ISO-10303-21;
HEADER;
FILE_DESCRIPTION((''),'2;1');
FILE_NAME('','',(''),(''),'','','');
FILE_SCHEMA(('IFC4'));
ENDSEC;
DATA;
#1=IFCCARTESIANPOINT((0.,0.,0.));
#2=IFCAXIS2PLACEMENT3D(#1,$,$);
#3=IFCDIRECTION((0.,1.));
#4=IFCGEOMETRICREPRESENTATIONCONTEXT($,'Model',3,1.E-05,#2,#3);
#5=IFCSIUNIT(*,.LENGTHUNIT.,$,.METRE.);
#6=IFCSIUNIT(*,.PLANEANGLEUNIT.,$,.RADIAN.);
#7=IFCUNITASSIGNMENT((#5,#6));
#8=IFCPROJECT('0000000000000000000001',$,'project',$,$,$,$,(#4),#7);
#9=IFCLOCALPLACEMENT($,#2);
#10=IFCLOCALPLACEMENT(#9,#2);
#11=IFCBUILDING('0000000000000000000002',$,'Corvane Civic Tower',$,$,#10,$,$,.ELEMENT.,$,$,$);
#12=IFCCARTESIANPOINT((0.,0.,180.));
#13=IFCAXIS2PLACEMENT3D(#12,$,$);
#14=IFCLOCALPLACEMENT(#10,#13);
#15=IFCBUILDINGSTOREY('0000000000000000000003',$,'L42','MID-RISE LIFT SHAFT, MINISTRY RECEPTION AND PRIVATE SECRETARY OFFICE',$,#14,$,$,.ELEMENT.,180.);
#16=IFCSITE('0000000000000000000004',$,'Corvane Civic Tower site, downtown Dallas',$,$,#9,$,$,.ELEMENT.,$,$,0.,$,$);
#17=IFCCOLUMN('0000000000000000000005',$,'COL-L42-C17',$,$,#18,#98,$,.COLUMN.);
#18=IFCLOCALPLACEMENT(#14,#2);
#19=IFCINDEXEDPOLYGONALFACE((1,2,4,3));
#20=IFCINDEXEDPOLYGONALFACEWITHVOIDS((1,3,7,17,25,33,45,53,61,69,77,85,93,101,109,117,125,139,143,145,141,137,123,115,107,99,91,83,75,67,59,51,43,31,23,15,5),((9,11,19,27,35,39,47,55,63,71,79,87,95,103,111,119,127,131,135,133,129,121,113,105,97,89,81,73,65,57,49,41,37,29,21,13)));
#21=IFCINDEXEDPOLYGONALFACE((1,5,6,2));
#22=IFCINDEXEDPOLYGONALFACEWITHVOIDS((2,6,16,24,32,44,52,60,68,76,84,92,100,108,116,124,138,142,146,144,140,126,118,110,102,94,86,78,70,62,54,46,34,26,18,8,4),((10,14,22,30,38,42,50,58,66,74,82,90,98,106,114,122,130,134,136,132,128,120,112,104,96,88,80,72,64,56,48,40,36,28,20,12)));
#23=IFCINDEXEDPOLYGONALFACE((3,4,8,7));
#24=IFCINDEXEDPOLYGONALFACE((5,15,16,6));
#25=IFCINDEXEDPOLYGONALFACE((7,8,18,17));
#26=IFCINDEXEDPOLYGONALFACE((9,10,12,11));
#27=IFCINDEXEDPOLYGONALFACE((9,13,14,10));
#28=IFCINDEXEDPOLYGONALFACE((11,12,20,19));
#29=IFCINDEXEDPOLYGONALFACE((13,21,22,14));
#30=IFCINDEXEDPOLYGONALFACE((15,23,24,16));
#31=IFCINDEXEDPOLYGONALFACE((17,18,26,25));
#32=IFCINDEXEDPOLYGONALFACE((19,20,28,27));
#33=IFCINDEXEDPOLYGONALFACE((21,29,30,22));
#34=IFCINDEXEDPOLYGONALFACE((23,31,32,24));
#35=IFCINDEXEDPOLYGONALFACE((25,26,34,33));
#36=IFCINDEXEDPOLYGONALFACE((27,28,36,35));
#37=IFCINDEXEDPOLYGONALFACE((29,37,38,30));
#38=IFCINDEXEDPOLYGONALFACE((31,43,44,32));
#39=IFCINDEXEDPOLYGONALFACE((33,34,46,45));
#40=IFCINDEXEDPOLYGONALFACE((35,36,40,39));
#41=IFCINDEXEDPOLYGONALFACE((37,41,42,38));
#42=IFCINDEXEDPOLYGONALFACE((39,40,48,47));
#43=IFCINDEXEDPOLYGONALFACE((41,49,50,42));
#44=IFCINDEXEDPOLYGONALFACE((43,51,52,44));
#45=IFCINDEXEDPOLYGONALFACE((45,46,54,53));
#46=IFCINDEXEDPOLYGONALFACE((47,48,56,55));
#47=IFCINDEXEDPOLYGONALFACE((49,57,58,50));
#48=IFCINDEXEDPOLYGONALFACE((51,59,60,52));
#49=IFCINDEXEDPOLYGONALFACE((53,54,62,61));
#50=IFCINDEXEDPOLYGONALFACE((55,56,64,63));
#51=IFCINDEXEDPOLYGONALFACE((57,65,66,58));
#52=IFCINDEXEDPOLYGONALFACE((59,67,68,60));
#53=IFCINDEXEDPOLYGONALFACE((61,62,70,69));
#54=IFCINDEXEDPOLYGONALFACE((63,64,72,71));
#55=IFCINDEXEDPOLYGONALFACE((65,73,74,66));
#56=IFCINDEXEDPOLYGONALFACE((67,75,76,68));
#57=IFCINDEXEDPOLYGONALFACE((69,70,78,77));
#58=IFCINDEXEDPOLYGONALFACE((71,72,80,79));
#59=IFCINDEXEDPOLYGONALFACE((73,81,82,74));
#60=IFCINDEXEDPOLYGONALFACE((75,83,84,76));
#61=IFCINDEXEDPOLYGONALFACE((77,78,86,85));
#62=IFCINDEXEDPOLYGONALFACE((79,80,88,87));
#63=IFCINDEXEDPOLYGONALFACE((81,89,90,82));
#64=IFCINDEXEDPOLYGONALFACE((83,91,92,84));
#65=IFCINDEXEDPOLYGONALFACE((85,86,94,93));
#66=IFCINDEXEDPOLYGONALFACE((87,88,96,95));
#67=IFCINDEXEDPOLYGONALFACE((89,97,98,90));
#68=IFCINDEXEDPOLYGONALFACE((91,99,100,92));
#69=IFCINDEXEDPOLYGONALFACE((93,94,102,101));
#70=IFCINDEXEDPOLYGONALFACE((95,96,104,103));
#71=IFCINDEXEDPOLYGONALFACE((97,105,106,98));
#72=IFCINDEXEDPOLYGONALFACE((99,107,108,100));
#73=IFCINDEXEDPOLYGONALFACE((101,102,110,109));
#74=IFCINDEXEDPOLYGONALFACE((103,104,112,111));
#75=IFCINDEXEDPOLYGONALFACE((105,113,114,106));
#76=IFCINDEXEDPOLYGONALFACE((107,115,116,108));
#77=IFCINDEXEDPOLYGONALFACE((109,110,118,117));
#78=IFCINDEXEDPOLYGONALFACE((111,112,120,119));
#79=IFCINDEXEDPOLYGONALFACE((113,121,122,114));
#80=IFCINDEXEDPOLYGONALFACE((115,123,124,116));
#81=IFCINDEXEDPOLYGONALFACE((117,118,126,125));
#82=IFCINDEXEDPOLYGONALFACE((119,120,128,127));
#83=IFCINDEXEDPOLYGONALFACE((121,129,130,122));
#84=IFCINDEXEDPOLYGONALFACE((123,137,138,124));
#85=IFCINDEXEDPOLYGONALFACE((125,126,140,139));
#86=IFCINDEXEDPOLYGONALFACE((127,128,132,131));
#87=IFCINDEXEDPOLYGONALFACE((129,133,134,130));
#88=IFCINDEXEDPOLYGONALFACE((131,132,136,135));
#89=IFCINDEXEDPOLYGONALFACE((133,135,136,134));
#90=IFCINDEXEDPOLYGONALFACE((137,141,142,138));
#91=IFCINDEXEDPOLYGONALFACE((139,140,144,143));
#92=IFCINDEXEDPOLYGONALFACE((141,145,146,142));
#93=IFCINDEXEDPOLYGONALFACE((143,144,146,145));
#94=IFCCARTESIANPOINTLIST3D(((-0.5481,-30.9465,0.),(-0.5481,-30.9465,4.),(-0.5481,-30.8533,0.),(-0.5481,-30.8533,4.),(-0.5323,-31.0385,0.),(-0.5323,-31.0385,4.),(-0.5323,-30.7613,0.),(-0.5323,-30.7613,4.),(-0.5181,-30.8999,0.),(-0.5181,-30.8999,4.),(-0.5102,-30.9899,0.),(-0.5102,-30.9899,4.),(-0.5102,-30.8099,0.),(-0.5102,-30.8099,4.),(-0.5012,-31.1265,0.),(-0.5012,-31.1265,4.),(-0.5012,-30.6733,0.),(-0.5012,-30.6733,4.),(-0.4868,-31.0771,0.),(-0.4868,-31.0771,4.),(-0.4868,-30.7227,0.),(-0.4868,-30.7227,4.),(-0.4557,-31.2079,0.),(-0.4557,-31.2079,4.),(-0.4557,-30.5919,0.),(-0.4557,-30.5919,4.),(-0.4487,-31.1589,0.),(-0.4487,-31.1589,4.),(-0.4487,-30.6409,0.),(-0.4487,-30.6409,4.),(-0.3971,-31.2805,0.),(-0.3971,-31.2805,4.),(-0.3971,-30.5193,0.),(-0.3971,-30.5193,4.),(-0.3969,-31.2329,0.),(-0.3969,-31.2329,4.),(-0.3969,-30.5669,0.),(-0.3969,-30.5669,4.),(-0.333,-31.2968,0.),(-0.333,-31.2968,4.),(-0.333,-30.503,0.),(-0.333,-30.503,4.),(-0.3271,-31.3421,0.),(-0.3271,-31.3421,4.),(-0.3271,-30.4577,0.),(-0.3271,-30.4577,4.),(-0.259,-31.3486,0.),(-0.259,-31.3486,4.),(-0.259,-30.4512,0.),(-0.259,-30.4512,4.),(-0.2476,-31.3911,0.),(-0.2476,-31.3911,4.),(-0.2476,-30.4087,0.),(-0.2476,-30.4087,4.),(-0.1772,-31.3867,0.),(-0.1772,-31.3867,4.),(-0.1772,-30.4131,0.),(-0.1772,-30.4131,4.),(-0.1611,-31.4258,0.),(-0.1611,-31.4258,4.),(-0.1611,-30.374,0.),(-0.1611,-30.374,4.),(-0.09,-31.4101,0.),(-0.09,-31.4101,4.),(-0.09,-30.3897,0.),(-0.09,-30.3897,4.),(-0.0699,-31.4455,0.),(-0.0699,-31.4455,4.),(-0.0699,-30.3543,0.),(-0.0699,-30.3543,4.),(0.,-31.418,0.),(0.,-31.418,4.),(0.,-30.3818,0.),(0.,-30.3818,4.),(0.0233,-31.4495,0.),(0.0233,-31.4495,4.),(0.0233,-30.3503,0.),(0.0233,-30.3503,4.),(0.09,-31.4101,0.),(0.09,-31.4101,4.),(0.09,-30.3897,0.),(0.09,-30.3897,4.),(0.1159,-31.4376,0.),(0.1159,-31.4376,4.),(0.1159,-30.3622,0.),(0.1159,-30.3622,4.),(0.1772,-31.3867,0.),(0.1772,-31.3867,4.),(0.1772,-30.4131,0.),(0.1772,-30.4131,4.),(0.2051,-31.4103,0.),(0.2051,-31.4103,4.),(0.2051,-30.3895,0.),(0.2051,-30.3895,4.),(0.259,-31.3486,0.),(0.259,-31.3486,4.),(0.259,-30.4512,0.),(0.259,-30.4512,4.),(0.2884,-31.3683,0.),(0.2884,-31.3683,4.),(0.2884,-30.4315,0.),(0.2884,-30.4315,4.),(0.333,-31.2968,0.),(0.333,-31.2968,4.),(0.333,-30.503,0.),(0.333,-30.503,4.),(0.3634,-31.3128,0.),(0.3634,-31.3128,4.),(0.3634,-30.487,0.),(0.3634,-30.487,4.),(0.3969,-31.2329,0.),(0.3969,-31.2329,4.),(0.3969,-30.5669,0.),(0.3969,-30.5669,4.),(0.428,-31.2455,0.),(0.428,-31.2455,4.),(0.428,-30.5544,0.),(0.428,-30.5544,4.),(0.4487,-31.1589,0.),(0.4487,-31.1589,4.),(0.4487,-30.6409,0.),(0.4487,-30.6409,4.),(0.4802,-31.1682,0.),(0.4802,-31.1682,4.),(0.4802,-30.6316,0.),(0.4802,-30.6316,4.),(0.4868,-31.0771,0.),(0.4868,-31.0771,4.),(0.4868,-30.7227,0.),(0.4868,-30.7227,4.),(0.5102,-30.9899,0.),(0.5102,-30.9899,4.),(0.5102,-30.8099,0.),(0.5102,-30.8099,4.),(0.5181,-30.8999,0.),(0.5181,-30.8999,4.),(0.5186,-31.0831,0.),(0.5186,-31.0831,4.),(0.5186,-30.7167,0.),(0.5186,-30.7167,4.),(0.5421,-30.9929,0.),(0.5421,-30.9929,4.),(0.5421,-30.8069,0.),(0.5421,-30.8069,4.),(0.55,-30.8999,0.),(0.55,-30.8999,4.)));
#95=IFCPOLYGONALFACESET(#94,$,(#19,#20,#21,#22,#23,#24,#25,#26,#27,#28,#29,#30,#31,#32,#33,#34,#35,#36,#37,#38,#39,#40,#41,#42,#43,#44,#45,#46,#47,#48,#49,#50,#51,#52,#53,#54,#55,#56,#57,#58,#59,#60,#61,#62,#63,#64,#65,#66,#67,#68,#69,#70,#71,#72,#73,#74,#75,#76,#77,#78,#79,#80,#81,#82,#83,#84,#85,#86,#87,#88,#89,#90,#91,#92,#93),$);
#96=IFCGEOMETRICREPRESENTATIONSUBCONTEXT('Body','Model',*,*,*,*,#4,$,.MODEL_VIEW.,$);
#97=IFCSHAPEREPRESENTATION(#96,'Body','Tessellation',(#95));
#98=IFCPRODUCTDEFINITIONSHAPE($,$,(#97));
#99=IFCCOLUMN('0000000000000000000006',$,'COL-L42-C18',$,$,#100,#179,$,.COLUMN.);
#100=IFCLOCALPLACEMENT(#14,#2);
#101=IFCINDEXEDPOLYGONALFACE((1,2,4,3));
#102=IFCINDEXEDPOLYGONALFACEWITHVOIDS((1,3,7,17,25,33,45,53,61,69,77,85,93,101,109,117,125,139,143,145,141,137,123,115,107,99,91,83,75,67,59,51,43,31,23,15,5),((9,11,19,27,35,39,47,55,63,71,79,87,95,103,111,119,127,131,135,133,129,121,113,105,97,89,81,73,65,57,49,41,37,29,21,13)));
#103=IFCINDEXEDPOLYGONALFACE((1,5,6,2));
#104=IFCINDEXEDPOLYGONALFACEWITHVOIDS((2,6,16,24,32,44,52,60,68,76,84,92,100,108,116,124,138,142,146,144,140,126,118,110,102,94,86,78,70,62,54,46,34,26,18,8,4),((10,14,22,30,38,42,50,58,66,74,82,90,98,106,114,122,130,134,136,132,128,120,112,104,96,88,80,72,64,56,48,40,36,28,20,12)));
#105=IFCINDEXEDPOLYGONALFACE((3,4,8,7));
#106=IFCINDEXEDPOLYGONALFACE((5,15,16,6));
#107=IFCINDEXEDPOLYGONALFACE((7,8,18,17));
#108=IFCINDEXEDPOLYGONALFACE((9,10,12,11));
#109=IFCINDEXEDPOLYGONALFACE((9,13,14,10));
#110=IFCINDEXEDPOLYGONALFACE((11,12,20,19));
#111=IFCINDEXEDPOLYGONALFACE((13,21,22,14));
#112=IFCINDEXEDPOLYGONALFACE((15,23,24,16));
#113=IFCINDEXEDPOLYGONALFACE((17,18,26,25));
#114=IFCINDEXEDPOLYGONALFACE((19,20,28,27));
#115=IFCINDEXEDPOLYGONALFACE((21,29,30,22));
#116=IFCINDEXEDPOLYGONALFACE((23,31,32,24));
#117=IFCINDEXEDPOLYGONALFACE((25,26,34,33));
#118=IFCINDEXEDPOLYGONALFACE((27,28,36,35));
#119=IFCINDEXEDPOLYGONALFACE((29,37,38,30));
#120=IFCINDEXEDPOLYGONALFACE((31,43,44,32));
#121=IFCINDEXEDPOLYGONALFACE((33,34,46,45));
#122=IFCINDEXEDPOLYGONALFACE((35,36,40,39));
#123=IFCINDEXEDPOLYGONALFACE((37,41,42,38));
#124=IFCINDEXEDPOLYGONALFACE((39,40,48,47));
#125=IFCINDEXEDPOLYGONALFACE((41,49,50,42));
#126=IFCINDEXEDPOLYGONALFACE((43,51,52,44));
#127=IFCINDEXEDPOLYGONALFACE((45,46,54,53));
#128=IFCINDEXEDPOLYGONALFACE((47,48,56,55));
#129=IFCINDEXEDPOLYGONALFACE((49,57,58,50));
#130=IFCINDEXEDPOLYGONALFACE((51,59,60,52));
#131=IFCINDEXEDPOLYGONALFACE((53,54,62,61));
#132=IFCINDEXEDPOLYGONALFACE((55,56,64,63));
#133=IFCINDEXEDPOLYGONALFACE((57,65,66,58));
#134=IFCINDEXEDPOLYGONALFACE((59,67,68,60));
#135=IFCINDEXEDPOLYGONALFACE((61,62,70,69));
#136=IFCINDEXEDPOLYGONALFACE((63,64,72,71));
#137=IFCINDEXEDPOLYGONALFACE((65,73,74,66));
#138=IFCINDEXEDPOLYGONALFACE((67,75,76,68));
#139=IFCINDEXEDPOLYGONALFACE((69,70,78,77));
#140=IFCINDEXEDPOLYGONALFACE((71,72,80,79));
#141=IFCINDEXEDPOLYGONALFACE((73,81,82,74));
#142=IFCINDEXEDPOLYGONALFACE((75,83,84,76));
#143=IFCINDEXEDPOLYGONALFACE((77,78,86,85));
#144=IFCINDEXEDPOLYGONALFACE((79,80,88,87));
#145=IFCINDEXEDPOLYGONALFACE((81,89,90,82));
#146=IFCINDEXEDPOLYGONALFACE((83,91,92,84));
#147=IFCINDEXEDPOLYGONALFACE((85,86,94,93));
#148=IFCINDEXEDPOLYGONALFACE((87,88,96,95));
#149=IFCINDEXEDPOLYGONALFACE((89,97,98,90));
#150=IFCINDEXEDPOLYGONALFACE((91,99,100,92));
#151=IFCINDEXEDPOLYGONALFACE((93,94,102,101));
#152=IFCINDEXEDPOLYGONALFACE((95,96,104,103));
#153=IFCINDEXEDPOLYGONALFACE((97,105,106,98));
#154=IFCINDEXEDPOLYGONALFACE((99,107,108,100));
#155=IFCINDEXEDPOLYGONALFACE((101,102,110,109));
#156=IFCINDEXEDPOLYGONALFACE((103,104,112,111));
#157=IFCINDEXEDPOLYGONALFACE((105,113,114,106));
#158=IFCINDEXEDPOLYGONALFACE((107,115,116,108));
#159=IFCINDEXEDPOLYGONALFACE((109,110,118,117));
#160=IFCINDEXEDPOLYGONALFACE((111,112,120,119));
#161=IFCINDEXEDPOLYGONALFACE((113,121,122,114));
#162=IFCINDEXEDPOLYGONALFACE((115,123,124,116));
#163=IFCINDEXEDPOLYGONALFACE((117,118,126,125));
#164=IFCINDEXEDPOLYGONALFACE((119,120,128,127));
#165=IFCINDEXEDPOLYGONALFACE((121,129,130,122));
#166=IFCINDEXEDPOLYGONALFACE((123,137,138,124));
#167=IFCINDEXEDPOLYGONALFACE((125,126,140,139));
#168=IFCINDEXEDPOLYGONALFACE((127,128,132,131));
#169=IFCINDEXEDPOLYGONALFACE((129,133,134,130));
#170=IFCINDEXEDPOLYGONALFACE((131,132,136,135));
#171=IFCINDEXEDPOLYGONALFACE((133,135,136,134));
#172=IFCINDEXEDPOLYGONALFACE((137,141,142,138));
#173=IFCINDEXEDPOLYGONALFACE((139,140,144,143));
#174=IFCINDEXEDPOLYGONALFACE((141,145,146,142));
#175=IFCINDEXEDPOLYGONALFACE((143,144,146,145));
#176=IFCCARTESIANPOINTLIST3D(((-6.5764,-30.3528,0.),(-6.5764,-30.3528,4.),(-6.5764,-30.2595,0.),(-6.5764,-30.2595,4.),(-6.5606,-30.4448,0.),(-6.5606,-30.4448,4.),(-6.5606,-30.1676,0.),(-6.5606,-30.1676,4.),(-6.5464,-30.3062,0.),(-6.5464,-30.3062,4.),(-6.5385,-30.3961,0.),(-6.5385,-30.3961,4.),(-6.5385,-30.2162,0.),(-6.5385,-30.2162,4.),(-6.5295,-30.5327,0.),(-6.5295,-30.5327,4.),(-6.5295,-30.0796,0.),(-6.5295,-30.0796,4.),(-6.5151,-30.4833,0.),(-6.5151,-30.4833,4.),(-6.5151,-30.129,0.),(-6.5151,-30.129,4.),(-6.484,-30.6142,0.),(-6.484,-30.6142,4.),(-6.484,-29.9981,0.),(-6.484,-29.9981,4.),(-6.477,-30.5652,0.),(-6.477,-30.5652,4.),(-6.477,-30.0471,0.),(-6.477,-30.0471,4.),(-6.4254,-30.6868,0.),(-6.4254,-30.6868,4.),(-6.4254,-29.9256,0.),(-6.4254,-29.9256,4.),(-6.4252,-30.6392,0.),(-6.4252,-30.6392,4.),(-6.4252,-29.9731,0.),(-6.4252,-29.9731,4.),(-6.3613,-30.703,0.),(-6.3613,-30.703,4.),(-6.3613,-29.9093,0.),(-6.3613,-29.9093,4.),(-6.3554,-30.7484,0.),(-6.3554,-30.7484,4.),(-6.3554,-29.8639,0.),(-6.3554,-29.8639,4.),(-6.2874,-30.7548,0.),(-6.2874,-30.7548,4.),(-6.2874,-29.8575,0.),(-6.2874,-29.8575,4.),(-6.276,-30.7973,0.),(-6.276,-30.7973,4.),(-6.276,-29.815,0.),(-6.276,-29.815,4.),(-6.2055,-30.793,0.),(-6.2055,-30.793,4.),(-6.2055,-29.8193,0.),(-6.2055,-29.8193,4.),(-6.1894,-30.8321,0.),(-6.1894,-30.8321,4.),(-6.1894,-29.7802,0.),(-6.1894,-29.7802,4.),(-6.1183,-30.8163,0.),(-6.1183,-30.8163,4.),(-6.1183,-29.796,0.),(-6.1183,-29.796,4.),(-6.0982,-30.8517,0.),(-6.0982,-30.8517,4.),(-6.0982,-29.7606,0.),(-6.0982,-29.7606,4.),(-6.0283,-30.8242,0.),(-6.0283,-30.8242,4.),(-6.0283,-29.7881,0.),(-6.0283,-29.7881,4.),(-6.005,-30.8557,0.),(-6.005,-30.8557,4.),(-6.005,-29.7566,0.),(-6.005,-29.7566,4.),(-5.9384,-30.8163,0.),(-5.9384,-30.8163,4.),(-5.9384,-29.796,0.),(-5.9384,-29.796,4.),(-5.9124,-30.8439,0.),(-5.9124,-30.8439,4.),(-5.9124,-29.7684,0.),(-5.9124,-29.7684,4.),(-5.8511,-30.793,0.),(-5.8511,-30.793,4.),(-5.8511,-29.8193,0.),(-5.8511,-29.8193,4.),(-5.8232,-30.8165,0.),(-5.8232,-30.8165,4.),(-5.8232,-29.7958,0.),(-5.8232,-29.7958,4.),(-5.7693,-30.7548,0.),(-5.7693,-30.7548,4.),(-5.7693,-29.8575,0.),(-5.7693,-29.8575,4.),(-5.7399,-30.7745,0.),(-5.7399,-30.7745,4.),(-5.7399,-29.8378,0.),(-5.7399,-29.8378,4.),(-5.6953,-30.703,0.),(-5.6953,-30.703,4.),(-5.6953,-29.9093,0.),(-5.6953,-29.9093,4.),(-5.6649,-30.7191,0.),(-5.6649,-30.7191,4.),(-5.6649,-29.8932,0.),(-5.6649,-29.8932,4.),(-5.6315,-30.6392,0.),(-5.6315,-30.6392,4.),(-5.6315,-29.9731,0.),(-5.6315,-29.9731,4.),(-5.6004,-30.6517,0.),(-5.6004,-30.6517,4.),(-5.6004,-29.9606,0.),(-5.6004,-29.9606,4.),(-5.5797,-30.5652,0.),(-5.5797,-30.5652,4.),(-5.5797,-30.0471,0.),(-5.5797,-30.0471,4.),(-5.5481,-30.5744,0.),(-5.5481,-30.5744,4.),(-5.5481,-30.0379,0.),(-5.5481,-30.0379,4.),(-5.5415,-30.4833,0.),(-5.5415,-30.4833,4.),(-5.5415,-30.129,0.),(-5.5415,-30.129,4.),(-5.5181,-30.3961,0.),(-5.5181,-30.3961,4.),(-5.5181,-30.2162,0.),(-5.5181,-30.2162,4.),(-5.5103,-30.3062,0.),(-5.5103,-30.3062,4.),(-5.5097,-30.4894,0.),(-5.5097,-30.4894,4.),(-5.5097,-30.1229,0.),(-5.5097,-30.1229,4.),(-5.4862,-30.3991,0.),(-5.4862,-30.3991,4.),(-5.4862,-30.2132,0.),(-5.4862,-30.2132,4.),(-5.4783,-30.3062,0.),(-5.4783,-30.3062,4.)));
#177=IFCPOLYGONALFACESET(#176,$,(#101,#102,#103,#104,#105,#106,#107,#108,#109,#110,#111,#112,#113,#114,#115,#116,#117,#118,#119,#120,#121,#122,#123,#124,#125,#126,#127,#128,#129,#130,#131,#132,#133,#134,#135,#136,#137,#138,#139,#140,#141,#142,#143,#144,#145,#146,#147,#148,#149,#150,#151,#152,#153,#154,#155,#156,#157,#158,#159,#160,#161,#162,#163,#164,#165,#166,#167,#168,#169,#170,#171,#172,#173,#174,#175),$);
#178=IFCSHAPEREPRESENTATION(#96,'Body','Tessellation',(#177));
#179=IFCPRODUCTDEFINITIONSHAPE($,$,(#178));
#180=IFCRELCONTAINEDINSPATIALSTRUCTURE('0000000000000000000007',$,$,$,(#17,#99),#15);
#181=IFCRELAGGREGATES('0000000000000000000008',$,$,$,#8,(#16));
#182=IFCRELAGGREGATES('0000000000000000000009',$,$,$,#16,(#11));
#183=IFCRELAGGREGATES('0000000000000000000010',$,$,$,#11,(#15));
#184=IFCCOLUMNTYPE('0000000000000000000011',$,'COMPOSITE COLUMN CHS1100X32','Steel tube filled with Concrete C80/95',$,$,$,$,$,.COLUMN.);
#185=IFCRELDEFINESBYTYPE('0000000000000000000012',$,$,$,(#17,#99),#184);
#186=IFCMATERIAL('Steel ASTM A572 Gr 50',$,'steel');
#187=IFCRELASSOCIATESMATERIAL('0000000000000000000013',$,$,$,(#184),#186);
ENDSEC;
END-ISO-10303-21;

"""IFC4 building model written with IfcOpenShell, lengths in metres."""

from ifc_helpers import new_model, si_unit, direction, frame, origin, origin_2d, place, context, subcontext, project, spatial, hollow_circle, extrude, material, material_profile, profile_set, type_object, element, save


model = new_model("IFC4")

# Units and contexts
model_context = context("Model", 3, precision=1e-05, world=origin(), true_north=direction((0.0, 1.0)))
body_context = subcontext(model_context, "Body", "Model", "MODEL_VIEW")
ifc_project = project(units=[si_unit("LENGTHUNIT", "METRE"), si_unit("PLANEANGLEUNIT", "RADIAN")], contexts=[model_context])

# Site, building, storey
site_placement = place(None, origin())
site = spatial("IfcSite", under=ifc_project, at=site_placement, Name="Corvane Civic Tower site, downtown Dallas", CompositionType="ELEMENT", RefElevation=0.0)
building_placement = place(site_placement, origin())
building = spatial("IfcBuilding", under=site, at=building_placement, Name="Corvane Civic Tower", CompositionType="ELEMENT")
storey_placement = place(building_placement, frame((0.0, 0.0, 180.0)))
storey = spatial("IfcBuildingStorey", under=building, at=storey_placement, Name="L42", Description="MID-RISE LIFT SHAFT, MINISTRY RECEPTION AND PRIVATE SECRETARY OFFICE", CompositionType="ELEMENT", Elevation=180.0)

# Columns
ifc_material_1 = material(Name="Steel ASTM A572 Gr 50", Category="steel")
ifc_material_profile_1 = material_profile(ifc_material_1, hollow_circle(Radius=0.55, WallThickness=0.032, at=origin_2d()), Name="CHS1100X32")
ifc_profile_set_1 = profile_set([ifc_material_profile_1], Name="Steel ASTM A572 Gr 50")
column_type = type_object("IfcColumnType", Name="COMPOSITE COLUMN CHS1100X32", Description="Steel tube filled with Concrete C80/95", PredefinedType="COLUMN", material=ifc_profile_set_1)
for number, where, z_axis, x_axis, name in (
    (1, (0.0, -30.8999, 0.0), (0.0, 0.0, 1.0), (1.0, 0.0, 0.0), "COL-L42-C17"),
    (2, (-6.0283, -30.3062, 0.0), (0.0, 0.0, 1.0), (1.0, 0.0, 0.0), "COL-L42-C18"),
):
    element("IfcColumn", number, at=place(storey_placement, frame(where, z_axis=z_axis, x_axis=x_axis)), inside=storey, type_object=column_type, Name=name, PredefinedType="COLUMN", context=body_context, shape_type="SweptSolid", body=[
        extrude(hollow_circle(Radius=0.55, WallThickness=0.032, at=origin_2d()), origin(), (0.0, 0.0, 1.0), 4.0),
    ])

save(model, "model.ifc")
